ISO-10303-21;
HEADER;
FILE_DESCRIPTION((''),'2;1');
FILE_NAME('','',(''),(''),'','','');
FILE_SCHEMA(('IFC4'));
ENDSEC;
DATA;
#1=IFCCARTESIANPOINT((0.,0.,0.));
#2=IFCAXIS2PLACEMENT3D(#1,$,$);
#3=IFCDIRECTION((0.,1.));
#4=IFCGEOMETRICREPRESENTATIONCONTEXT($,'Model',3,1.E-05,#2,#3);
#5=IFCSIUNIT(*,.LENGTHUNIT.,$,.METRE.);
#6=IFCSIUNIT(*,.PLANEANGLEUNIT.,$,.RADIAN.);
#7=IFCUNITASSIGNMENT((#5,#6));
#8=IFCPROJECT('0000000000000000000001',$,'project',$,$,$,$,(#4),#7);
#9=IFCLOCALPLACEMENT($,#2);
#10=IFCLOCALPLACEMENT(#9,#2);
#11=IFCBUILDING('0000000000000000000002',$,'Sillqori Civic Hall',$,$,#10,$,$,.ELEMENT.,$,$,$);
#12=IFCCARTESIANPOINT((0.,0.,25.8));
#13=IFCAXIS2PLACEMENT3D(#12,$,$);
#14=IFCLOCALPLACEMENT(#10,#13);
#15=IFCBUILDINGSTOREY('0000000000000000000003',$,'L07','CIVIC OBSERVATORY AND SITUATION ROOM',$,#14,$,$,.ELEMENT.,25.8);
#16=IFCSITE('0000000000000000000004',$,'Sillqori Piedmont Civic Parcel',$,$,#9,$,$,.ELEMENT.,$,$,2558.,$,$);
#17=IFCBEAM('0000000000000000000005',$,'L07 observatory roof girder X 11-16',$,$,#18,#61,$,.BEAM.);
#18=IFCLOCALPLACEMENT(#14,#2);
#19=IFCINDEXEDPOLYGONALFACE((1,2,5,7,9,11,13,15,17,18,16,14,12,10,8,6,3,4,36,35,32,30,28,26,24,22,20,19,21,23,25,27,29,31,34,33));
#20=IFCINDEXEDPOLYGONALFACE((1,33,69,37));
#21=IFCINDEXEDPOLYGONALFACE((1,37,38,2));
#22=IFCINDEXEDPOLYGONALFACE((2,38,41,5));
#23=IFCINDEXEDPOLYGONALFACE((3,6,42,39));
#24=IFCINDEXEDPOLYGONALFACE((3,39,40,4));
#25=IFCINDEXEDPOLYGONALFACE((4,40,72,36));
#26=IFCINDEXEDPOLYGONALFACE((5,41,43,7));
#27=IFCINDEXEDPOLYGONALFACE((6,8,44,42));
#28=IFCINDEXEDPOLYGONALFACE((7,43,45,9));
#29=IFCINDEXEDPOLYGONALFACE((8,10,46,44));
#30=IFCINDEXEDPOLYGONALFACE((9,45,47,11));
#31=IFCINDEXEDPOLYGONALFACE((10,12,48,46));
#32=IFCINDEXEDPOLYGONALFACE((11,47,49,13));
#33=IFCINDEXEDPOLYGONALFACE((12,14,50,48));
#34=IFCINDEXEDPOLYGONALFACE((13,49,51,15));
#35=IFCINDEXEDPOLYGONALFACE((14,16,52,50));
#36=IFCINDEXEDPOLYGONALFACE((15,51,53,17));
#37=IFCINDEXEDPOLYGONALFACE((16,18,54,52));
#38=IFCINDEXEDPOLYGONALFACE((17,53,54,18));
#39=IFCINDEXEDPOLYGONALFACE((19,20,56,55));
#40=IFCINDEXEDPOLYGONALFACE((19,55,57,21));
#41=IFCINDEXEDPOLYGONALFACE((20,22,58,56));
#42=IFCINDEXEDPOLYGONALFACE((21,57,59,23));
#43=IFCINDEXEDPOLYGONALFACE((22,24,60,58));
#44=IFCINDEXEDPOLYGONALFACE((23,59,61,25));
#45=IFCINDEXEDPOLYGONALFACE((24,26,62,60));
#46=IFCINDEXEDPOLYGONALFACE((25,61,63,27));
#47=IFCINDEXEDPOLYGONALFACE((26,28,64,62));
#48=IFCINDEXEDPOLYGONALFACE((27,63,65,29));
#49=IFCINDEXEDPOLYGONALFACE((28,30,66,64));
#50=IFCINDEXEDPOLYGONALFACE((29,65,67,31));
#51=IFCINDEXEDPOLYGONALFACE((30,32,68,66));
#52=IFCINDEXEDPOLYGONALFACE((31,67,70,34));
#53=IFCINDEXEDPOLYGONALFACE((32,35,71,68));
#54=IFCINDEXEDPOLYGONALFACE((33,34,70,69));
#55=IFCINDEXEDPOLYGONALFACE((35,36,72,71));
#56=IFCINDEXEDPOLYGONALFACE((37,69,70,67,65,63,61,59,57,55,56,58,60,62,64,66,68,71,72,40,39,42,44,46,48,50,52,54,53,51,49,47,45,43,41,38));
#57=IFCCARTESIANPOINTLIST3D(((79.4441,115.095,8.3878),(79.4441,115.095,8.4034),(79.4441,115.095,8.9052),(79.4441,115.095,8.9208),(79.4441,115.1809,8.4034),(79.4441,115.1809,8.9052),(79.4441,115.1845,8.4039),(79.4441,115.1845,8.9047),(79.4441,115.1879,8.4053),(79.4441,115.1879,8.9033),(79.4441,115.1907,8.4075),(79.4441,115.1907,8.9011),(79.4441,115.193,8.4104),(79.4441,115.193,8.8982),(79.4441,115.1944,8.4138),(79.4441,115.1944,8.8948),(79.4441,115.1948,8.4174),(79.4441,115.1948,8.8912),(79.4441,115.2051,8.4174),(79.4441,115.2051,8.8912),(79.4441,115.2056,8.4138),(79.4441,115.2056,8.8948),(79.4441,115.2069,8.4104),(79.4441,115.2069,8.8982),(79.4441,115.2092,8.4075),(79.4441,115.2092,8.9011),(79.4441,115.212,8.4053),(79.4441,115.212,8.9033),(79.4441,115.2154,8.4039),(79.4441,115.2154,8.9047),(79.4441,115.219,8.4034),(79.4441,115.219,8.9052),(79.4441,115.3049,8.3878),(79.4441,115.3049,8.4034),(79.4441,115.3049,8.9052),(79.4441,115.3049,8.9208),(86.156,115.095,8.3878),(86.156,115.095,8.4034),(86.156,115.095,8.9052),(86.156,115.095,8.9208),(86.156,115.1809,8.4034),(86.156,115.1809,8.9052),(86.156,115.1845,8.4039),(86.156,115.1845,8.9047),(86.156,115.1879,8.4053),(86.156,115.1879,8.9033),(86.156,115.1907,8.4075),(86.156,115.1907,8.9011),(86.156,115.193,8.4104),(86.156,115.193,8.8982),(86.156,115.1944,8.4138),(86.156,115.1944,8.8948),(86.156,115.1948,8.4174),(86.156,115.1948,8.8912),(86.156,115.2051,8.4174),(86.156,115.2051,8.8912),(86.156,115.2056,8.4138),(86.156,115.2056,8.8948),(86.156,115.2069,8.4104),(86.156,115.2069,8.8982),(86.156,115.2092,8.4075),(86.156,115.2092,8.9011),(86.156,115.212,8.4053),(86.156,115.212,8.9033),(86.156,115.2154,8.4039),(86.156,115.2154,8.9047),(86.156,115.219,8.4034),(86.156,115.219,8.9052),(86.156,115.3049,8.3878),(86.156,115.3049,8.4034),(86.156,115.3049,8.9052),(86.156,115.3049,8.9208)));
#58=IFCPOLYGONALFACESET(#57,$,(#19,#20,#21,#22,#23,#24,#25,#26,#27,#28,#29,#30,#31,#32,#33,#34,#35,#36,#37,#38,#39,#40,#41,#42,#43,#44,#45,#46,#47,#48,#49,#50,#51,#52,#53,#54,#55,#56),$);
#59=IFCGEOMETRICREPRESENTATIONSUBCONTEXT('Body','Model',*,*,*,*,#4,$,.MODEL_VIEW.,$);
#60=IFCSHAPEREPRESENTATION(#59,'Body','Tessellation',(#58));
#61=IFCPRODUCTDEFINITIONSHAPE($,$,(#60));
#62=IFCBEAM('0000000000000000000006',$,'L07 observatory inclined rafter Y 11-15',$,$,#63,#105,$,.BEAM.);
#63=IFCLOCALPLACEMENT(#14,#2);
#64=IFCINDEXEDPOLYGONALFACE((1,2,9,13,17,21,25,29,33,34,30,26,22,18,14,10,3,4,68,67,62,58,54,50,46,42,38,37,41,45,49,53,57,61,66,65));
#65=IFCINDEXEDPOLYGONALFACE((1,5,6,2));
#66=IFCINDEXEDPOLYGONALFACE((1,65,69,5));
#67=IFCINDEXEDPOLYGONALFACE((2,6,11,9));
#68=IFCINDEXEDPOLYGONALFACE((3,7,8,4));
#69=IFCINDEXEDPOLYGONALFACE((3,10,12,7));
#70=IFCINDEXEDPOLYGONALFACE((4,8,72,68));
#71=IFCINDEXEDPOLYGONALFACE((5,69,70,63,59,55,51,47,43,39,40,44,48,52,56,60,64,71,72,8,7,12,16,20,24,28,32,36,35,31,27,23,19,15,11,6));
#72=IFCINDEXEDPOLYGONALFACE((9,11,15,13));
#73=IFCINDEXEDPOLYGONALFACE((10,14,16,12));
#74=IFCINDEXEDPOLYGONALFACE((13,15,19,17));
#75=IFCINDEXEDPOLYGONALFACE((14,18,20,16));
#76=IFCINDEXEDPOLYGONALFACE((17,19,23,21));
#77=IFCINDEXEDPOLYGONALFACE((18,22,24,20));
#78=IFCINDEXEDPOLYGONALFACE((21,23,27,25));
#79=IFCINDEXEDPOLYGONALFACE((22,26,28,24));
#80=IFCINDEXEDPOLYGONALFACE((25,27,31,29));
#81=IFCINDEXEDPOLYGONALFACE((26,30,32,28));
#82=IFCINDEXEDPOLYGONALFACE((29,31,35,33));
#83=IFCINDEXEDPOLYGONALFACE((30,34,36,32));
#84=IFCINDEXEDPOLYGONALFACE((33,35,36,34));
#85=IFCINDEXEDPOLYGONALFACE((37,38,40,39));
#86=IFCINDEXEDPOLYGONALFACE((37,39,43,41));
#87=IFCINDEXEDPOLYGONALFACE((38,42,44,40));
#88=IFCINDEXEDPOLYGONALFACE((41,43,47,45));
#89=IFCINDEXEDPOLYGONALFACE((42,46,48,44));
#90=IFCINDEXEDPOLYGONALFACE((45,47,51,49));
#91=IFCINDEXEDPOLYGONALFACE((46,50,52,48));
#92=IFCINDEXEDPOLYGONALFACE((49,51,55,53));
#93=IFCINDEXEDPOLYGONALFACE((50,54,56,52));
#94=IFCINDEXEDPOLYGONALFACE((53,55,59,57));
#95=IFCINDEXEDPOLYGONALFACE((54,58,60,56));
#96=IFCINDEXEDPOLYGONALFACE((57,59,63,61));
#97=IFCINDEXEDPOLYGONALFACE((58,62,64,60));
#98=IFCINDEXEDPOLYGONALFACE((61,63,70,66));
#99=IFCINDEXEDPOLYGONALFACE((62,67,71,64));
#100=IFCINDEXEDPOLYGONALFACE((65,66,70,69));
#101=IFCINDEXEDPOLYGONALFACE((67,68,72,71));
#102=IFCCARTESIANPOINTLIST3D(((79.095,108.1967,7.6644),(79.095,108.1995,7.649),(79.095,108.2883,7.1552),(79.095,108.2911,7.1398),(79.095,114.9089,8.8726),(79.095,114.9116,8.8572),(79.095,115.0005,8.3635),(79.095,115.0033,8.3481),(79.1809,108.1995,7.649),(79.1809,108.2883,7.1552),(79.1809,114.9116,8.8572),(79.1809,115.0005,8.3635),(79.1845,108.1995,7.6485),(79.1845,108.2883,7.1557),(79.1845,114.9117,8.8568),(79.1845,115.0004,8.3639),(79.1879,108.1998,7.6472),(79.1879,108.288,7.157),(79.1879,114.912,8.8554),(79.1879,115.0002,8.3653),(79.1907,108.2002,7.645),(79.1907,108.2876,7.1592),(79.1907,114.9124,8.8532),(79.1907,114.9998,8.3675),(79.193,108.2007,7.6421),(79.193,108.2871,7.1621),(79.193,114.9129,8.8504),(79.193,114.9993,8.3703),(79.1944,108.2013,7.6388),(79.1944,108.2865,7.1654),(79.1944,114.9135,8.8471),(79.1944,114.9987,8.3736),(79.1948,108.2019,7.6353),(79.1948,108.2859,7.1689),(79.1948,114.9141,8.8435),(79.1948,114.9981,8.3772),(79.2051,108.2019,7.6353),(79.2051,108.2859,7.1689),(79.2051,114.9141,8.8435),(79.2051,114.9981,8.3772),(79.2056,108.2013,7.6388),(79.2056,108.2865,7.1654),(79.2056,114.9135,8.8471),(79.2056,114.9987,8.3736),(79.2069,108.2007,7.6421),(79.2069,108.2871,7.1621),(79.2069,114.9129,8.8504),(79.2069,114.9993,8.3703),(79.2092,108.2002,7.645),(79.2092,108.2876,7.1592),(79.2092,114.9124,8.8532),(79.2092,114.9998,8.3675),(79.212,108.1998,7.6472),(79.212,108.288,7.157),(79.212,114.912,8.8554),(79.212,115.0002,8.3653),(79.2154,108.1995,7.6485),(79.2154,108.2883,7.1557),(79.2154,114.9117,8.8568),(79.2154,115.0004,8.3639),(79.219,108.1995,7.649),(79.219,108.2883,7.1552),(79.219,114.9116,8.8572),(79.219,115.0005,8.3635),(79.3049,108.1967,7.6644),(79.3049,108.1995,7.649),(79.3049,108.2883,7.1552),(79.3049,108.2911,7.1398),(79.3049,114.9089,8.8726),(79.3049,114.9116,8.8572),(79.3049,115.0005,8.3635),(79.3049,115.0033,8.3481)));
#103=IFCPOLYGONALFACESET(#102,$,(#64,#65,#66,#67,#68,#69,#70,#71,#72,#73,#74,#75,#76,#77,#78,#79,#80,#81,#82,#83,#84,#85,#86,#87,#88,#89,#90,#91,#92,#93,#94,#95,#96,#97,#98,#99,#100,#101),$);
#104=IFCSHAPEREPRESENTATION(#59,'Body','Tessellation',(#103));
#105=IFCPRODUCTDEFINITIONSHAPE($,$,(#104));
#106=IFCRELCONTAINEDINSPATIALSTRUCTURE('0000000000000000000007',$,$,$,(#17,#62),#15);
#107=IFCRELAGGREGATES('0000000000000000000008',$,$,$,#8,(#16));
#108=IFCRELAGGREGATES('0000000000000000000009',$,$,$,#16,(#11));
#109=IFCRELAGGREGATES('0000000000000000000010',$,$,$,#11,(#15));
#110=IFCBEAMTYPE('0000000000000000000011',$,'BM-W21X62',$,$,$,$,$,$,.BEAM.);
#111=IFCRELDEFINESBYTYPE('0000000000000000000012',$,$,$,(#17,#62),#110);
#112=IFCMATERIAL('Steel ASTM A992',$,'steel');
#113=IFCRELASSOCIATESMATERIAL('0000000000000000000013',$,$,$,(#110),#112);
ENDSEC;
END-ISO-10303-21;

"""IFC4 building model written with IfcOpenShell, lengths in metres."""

from ifc_helpers import new_model, si_unit, direction, frame, origin, origin_2d, place, context, subcontext, project, spatial, i_section, extrude, material, material_profile, profile_set, type_object, element, save


model = new_model("IFC4")

# Units and contexts
model_context = context("Model", 3, precision=1e-05, world=origin(), true_north=direction((0.0, 1.0)))
body_context = subcontext(model_context, "Body", "Model", "MODEL_VIEW")
ifc_project = project(units=[si_unit("LENGTHUNIT", "METRE"), si_unit("PLANEANGLEUNIT", "RADIAN")], contexts=[model_context])

# Site, building, storey
site_placement = place(None, origin())
site = spatial("IfcSite", under=ifc_project, at=site_placement, Name="Sillqori Piedmont Civic Parcel", CompositionType="ELEMENT", RefElevation=2558.0)
building_placement = place(site_placement, origin())
building = spatial("IfcBuilding", under=site, at=building_placement, Name="Sillqori Civic Hall", CompositionType="ELEMENT")
storey_placement = place(building_placement, frame((0.0, 0.0, 25.8)))
storey = spatial("IfcBuildingStorey", under=building, at=storey_placement, Name="L07", Description="CIVIC OBSERVATORY AND SITUATION ROOM", CompositionType="ELEMENT", Elevation=25.8)

# Beams
ifc_material_1 = material(Name="Steel ASTM A992", Category="steel")
ifc_material_profile_1 = material_profile(ifc_material_1, i_section(OverallWidth=0.21, OverallDepth=0.533, WebThickness=0.0103, FlangeThickness=0.0156, FilletRadius=0.0139, at=origin_2d()), Name="W21X62")
ifc_profile_set_1 = profile_set([ifc_material_profile_1], Name="Steel ASTM A992")
beam_type = type_object("IfcBeamType", Name="BM-W21X62", PredefinedType="BEAM", material=ifc_profile_set_1)
beam_1_placement = place(storey_placement, frame((79.4441, 115.2, 8.6543), z_axis=(1.0, 0.0, 0.0), x_axis=(0.0, 1.0, 0.0)))
element("IfcBeam", 1, at=beam_1_placement, inside=storey, type_object=beam_type, Name="L07 observatory roof girder X 11-16", PredefinedType="BEAM", context=body_context, shape_type="SweptSolid", body=[
    extrude(i_section(OverallWidth=0.21, OverallDepth=0.533, WebThickness=0.0103, FlangeThickness=0.0156, FilletRadius=0.0139, at=origin_2d()), origin(), (0.0, 0.0, 1.0), 6.7119),
])
beam_2_placement = place(storey_placement, frame((79.2, 108.2439, 7.4021), z_axis=(0.0, 0.984182, 0.177162), x_axis=(-1.0, 0.0, 0.0)))
element("IfcBeam", 2, at=beam_2_placement, inside=storey, type_object=beam_type, Name="L07 observatory inclined rafter Y 11-15", PredefinedType="BEAM", context=body_context, shape_type="SweptSolid", body=[
    extrude(i_section(OverallWidth=0.21, OverallDepth=0.533, WebThickness=0.0103, FlangeThickness=0.0156, FilletRadius=0.0139, at=origin_2d()), origin(), (0.0, 0.0, 1.0), 6.8201),
])

save(model, "model.ifc")
